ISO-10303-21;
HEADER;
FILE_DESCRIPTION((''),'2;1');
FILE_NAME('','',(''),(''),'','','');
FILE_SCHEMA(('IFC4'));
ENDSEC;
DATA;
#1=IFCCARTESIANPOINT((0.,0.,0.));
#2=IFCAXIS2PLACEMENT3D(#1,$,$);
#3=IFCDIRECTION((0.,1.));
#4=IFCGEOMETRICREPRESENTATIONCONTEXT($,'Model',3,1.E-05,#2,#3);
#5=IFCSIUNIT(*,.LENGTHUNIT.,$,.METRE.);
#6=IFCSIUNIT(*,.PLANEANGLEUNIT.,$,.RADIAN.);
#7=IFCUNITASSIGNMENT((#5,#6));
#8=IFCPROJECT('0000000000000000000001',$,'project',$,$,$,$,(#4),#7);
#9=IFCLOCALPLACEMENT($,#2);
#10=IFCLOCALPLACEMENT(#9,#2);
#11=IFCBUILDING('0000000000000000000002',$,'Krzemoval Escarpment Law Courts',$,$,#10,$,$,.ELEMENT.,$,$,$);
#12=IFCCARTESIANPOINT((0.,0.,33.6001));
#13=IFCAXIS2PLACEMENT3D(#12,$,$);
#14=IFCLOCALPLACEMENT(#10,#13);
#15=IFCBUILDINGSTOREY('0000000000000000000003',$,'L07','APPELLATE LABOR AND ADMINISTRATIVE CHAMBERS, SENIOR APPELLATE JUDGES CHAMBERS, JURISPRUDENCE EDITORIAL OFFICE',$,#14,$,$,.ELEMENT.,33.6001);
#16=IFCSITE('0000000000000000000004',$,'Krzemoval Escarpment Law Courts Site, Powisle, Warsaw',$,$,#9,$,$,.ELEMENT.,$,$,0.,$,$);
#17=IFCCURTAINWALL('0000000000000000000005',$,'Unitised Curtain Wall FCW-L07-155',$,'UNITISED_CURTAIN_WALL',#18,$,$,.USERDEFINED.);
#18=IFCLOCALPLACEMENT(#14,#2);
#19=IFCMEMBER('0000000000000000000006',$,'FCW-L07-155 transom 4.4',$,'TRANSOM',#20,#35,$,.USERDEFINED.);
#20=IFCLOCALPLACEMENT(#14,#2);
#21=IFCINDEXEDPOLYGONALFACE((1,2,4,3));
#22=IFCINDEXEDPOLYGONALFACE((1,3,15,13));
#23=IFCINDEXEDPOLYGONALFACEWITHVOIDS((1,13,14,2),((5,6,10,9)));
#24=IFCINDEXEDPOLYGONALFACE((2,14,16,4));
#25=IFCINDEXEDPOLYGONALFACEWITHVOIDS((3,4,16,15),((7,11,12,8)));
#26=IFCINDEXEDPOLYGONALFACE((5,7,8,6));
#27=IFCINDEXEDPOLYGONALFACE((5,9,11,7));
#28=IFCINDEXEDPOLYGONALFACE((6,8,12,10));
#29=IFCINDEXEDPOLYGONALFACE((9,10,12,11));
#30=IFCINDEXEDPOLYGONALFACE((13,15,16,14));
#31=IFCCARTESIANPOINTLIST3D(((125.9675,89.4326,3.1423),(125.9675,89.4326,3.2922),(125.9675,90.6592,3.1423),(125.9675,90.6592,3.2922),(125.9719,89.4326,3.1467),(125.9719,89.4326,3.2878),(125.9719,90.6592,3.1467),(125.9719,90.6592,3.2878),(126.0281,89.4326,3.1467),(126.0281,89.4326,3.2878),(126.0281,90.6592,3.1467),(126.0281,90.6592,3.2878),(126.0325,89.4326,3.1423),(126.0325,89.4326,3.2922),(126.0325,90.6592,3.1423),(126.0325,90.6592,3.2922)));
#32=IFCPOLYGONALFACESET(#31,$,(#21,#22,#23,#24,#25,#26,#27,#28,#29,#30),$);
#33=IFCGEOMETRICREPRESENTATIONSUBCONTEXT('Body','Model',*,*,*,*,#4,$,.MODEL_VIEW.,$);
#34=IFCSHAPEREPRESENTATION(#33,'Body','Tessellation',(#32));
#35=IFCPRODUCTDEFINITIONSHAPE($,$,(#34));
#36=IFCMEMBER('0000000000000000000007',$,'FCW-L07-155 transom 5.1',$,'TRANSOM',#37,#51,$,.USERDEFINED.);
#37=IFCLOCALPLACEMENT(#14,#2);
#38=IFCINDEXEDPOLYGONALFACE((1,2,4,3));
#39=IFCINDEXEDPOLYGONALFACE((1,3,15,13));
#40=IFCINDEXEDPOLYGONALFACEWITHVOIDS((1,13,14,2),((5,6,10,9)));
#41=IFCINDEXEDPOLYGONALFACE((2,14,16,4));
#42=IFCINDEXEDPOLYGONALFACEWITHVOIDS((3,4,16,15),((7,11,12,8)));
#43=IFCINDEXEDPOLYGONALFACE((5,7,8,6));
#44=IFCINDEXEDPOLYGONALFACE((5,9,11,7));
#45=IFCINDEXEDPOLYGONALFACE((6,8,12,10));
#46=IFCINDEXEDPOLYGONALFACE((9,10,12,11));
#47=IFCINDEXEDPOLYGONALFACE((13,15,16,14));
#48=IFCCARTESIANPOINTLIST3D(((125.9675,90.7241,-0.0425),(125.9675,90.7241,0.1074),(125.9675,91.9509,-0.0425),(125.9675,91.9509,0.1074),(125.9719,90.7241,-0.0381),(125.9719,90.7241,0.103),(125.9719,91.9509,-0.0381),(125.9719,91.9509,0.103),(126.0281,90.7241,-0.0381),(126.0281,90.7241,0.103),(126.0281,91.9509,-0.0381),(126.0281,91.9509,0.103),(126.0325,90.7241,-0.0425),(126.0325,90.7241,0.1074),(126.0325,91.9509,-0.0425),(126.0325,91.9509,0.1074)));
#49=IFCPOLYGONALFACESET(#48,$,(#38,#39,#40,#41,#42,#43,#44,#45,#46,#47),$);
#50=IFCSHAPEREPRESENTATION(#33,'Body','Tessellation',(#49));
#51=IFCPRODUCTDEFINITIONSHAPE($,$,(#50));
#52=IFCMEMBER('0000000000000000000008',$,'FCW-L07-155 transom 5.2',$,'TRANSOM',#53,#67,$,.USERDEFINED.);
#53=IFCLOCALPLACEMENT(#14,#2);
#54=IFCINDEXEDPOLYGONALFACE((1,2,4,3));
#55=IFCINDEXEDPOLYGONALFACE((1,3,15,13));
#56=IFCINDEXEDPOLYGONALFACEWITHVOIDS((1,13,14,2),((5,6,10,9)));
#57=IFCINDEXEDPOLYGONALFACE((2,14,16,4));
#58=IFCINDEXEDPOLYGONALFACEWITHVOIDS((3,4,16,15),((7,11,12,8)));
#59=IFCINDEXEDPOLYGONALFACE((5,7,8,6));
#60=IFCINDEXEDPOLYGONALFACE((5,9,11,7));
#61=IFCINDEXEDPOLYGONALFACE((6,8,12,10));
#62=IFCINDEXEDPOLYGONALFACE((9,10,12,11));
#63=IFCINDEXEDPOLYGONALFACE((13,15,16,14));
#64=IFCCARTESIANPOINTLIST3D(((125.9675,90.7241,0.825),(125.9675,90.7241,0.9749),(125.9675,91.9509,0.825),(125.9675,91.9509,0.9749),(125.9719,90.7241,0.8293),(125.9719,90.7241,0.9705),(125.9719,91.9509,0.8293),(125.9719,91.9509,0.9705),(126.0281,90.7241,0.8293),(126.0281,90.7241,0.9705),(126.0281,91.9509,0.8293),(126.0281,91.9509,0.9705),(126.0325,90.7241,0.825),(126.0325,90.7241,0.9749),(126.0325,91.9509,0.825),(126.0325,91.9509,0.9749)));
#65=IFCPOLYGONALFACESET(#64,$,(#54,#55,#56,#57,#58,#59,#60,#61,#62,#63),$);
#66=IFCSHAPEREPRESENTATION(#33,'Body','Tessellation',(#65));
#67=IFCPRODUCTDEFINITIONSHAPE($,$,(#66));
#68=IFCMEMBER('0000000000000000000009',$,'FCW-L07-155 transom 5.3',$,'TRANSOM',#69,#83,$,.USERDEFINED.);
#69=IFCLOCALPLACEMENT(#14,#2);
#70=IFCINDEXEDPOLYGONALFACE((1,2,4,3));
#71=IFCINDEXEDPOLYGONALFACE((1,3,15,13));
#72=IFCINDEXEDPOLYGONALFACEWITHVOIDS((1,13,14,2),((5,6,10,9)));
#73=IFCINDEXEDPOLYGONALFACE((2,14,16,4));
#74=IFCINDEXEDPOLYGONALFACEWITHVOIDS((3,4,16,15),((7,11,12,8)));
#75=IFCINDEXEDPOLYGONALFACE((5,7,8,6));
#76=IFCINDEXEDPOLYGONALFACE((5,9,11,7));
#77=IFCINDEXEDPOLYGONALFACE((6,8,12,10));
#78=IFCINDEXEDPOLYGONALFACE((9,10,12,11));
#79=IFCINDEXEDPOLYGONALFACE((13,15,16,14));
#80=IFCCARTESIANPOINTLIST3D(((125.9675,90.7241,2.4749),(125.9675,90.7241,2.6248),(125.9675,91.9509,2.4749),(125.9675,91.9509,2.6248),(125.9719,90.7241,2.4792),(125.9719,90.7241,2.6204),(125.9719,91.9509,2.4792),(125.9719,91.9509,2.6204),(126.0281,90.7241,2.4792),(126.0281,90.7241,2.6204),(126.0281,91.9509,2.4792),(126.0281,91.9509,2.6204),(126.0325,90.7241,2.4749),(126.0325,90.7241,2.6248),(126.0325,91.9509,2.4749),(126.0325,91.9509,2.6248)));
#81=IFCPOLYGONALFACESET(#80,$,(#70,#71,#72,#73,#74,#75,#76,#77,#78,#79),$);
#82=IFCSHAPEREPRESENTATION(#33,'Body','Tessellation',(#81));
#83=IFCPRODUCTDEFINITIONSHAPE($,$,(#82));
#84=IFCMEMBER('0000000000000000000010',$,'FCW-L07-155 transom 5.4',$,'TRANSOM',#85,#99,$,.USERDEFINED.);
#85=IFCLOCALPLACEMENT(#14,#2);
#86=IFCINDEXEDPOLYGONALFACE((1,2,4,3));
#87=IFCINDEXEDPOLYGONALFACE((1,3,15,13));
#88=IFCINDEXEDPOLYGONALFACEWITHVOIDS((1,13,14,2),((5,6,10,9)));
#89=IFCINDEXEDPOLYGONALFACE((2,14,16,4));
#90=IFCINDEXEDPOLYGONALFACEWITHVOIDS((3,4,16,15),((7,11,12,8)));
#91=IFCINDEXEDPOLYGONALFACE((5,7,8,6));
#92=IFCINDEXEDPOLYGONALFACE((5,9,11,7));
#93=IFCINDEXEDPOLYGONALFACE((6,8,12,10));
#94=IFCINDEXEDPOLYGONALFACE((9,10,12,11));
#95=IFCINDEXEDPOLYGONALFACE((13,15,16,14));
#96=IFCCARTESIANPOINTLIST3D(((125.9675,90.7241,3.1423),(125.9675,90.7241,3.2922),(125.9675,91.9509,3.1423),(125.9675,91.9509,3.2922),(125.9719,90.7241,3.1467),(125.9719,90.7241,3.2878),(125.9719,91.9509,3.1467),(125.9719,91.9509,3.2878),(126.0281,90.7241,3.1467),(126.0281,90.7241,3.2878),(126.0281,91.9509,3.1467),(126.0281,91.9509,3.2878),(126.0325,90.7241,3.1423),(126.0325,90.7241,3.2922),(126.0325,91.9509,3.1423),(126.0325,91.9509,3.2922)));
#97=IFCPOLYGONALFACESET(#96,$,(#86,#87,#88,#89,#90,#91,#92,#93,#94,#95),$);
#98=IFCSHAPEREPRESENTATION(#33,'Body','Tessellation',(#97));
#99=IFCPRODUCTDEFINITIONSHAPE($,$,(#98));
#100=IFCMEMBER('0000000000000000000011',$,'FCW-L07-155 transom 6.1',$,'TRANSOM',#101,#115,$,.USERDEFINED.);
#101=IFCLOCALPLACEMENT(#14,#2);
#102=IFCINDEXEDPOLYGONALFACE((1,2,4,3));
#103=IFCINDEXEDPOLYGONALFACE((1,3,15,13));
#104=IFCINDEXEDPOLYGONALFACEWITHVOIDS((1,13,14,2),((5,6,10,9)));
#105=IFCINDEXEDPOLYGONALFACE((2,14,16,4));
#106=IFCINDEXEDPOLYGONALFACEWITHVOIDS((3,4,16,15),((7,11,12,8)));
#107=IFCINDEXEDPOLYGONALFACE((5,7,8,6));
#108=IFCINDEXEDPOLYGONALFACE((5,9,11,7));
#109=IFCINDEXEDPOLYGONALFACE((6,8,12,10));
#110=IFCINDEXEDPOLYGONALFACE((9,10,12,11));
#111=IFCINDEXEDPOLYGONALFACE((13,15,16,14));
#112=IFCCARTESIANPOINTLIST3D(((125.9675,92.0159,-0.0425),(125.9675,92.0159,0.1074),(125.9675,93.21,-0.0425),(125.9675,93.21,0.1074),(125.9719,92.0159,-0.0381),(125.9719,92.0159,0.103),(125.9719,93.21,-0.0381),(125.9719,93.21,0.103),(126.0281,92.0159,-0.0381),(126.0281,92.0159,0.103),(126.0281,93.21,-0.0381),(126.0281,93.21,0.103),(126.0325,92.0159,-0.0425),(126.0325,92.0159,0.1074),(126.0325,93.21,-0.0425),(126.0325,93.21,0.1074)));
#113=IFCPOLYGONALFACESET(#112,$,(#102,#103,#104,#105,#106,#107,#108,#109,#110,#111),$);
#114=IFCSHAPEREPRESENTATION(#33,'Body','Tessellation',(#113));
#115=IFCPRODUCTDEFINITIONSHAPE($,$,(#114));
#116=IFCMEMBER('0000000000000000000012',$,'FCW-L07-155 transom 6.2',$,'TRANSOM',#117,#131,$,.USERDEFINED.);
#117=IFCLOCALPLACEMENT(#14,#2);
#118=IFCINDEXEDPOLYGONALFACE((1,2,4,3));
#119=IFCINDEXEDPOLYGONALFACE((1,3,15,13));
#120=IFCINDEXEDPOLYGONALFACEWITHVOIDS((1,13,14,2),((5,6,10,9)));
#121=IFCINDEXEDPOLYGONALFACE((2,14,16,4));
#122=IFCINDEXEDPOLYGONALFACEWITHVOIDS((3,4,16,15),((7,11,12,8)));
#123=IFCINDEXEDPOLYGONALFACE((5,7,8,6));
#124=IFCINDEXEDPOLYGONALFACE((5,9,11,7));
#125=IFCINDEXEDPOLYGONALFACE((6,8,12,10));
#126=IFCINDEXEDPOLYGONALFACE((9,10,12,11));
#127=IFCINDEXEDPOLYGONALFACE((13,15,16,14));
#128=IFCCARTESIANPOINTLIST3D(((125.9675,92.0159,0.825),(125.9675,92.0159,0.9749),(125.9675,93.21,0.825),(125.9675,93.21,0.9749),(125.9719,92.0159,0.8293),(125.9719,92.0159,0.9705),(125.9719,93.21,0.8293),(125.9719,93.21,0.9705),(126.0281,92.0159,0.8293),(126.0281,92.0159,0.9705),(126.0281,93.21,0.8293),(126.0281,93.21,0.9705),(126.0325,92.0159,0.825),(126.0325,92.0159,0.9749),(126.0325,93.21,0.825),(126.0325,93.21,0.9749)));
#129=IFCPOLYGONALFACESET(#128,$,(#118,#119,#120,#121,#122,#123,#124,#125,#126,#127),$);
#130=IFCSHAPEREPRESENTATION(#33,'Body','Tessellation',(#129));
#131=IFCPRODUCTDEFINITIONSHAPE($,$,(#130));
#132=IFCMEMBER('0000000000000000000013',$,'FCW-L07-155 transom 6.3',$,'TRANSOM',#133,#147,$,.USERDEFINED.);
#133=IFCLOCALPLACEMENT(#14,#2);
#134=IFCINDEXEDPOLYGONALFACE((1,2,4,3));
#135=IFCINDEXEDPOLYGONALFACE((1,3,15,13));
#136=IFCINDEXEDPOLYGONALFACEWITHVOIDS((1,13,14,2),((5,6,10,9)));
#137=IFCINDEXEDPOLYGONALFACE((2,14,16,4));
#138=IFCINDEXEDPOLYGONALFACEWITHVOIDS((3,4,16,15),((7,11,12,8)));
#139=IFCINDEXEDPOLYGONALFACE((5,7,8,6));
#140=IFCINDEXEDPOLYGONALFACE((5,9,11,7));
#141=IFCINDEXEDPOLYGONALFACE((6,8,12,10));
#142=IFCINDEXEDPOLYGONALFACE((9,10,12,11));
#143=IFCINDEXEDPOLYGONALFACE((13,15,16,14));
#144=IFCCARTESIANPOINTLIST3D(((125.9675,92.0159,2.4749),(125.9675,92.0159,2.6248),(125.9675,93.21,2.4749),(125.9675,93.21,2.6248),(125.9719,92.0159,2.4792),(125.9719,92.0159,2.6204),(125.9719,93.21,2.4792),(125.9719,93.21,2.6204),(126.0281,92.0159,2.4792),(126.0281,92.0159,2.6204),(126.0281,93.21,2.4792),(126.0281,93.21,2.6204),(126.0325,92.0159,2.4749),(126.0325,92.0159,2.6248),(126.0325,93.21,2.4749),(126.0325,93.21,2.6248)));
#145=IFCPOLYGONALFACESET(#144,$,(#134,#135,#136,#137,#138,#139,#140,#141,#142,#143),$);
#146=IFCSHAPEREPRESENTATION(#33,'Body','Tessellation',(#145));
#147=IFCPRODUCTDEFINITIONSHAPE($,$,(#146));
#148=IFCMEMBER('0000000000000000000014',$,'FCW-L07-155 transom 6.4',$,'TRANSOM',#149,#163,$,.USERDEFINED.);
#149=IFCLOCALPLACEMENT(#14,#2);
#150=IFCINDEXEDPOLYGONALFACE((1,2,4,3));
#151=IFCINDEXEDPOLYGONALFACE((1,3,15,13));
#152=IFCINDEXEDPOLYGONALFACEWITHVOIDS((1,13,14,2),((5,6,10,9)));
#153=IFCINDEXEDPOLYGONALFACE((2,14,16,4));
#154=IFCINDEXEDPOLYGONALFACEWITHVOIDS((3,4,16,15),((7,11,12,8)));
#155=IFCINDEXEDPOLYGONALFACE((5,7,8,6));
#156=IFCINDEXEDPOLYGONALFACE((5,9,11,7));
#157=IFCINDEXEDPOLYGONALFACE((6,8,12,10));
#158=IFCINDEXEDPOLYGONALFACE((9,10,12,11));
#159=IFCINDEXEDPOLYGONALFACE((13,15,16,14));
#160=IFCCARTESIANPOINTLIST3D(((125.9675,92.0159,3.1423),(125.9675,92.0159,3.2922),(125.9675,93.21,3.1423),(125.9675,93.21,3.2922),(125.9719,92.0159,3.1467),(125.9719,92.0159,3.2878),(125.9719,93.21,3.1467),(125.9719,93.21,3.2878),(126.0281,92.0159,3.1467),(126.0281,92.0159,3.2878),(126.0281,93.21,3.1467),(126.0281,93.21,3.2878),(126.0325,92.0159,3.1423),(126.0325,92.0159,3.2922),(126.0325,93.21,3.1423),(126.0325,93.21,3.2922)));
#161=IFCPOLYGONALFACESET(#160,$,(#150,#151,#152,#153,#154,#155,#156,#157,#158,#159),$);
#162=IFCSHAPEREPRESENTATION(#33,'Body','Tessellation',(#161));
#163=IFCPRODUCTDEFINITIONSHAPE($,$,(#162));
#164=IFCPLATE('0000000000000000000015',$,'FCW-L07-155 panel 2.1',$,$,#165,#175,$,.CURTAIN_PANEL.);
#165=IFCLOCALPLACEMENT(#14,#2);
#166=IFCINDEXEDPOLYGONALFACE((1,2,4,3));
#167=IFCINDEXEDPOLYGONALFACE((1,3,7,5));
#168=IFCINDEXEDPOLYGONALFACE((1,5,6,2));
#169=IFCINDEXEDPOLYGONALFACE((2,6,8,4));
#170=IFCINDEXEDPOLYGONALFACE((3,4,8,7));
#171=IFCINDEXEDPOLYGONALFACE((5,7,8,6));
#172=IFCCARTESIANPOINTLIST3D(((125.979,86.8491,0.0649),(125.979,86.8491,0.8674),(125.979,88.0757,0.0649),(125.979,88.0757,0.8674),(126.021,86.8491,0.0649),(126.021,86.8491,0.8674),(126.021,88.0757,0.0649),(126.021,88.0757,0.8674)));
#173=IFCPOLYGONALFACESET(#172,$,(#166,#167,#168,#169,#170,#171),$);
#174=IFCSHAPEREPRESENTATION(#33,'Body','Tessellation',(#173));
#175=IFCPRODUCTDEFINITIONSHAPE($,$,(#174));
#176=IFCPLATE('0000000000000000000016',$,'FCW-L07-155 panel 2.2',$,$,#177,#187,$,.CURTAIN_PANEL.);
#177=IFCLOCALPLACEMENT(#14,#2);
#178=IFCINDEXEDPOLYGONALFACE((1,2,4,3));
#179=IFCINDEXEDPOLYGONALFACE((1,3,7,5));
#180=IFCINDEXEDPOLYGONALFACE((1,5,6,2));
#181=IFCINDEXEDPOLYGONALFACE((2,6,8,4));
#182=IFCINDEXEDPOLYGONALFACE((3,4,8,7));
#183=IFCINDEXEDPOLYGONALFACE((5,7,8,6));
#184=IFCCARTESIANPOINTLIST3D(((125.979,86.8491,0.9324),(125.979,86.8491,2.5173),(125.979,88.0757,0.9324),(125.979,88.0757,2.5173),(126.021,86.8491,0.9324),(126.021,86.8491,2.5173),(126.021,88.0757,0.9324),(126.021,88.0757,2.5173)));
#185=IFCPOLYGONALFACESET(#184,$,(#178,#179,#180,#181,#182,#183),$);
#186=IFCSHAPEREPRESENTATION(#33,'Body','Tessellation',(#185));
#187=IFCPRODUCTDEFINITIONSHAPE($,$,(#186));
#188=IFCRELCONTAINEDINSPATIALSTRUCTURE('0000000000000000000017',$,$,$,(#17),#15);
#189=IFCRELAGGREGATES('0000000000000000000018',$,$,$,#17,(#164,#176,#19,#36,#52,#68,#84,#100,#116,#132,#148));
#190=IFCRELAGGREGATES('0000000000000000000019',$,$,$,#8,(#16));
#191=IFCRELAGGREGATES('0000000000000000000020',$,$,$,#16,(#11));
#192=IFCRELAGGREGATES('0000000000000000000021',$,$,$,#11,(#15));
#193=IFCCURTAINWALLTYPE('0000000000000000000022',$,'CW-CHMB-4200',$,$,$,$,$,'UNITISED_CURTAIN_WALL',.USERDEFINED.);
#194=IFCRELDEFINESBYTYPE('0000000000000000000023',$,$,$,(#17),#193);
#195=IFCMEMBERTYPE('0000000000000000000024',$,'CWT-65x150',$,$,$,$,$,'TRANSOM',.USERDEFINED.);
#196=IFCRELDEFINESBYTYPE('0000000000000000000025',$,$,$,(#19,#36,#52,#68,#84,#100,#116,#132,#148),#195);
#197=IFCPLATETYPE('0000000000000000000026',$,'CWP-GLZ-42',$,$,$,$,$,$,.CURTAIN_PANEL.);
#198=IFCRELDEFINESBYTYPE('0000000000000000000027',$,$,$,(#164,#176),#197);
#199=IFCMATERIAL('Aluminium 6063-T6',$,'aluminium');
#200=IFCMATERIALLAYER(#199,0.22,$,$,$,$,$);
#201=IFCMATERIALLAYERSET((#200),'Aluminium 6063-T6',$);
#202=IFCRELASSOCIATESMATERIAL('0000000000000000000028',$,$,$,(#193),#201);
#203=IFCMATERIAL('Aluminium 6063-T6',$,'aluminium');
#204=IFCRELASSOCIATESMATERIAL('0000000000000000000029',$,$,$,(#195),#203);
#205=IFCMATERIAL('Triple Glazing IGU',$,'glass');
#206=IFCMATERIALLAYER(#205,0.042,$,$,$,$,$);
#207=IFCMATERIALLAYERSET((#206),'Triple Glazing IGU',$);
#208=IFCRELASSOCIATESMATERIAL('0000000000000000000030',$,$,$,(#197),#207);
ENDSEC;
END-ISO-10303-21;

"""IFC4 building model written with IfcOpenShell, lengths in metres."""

from ifc_helpers import new_model, si_unit, direction, frame, origin, origin_2d, place, context, subcontext, project, spatial, rectangle, hollow_rectangle, extrude, material, layer, layer_set, material_profile, profile_set, type_object, element, aggregate, save


model = new_model("IFC4")

# Units and contexts
model_context = context("Model", 3, precision=1e-05, world=origin(), true_north=direction((0.0, 1.0)))
body_context = subcontext(model_context, "Body", "Model", "MODEL_VIEW")
ifc_project = project(units=[si_unit("LENGTHUNIT", "METRE"), si_unit("PLANEANGLEUNIT", "RADIAN")], contexts=[model_context])

# Site, building, storey
site_placement = place(None, origin())
site = spatial("IfcSite", under=ifc_project, at=site_placement, Name="Krzemoval Escarpment Law Courts Site, Powisle, Warsaw", CompositionType="ELEMENT", RefElevation=0.0)
building_placement = place(site_placement, origin())
building = spatial("IfcBuilding", under=site, at=building_placement, Name="Krzemoval Escarpment Law Courts", CompositionType="ELEMENT")
storey_placement = place(building_placement, frame((0.0, 0.0, 33.6001)))
storey = spatial("IfcBuildingStorey", under=building, at=storey_placement, Name="L07", Description="APPELLATE LABOR AND ADMINISTRATIVE CHAMBERS, SENIOR APPELLATE JUDGES CHAMBERS, JURISPRUDENCE EDITORIAL OFFICE", CompositionType="ELEMENT", Elevation=33.6001)

# Curtain wall, members, plates
ifc_material_1 = material(Name="Aluminium 6063-T6", Category="aluminium")
ifc_layer_1 = layer(ifc_material_1, 0.22)
ifc_layer_set_1 = layer_set([ifc_layer_1], Name="Aluminium 6063-T6")
curtain_wall_type = type_object("IfcCurtainWallType", Name="CW-CHMB-4200", ElementType="UNITISED_CURTAIN_WALL", PredefinedType="USERDEFINED", material=ifc_layer_set_1)
curtain_wall_placement = place(storey_placement, origin())
curtain_wall = element("IfcCurtainWall", 1, at=curtain_wall_placement, inside=storey, type_object=curtain_wall_type, Name="Unitised Curtain Wall FCW-L07-155", ObjectType="UNITISED_CURTAIN_WALL", PredefinedType="USERDEFINED")
ifc_material_2 = material(Name="Aluminium 6063-T6", Category="aluminium")
ifc_material_profile = material_profile(ifc_material_2, hollow_rectangle(XDim=0.0649, YDim=0.1499, WallThickness=0.0044, at=origin_2d()), Name="ALU T65x150")
ifc_profile_set = profile_set([ifc_material_profile], Name="Aluminium 6063-T6")
member_type = type_object("IfcMemberType", Name="CWT-65x150", ElementType="TRANSOM", PredefinedType="USERDEFINED", material=ifc_profile_set)
member_1_placement = place(storey_placement, frame((126.0, 89.4326, 3.2173), z_axis=(0.0, 1.0, 0.0), x_axis=(-1.0, 0.0, 0.0)))
member_1 = element("IfcMember", 2, at=member_1_placement, type_object=member_type, Name="FCW-L07-155 transom 4.4", ObjectType="TRANSOM", PredefinedType="USERDEFINED", context=body_context, shape_type="SweptSolid", body=[
    extrude(hollow_rectangle(XDim=0.0649, YDim=0.1499, WallThickness=0.0044, at=origin_2d()), origin(), (0.0, 0.0, 1.0), 1.2266),
])
member_2_placement = place(storey_placement, frame((126.0, 90.7241, 0.0325), z_axis=(0.0, 1.0, 0.0), x_axis=(-1.0, 0.0, 0.0)))
member_2 = element("IfcMember", 3, at=member_2_placement, type_object=member_type, Name="FCW-L07-155 transom 5.1", ObjectType="TRANSOM", PredefinedType="USERDEFINED", context=body_context, shape_type="SweptSolid", body=[
    extrude(hollow_rectangle(XDim=0.0649, YDim=0.1499, WallThickness=0.0044, at=origin_2d()), origin(), (0.0, 0.0, 1.0), 1.2268),
])
member_3_placement = place(storey_placement, frame((126.0, 90.7241, 0.8999), z_axis=(0.0, 1.0, 0.0), x_axis=(-1.0, 0.0, 0.0)))
member_3 = element("IfcMember", 4, at=member_3_placement, type_object=member_type, Name="FCW-L07-155 transom 5.2", ObjectType="TRANSOM", PredefinedType="USERDEFINED", context=body_context, shape_type="SweptSolid", body=[
    extrude(hollow_rectangle(XDim=0.0649, YDim=0.1499, WallThickness=0.0044, at=origin_2d()), origin(), (0.0, 0.0, 1.0), 1.2268),
])
member_4_placement = place(storey_placement, frame((126.0, 90.7241, 2.5498), z_axis=(0.0, 1.0, 0.0), x_axis=(-1.0, 0.0, 0.0)))
member_4 = element("IfcMember", 5, at=member_4_placement, type_object=member_type, Name="FCW-L07-155 transom 5.3", ObjectType="TRANSOM", PredefinedType="USERDEFINED", context=body_context, shape_type="SweptSolid", body=[
    extrude(hollow_rectangle(XDim=0.0649, YDim=0.1499, WallThickness=0.0044, at=origin_2d()), origin(), (0.0, 0.0, 1.0), 1.2268),
])
member_5_placement = place(storey_placement, frame((126.0, 90.7241, 3.2173), z_axis=(0.0, 1.0, 0.0), x_axis=(-1.0, 0.0, 0.0)))
member_5 = element("IfcMember", 6, at=member_5_placement, type_object=member_type, Name="FCW-L07-155 transom 5.4", ObjectType="TRANSOM", PredefinedType="USERDEFINED", context=body_context, shape_type="SweptSolid", body=[
    extrude(hollow_rectangle(XDim=0.0649, YDim=0.1499, WallThickness=0.0044, at=origin_2d()), origin(), (0.0, 0.0, 1.0), 1.2268),
])
member_6_placement = place(storey_placement, frame((126.0, 92.0159, 0.0325), z_axis=(0.0, 1.0, 0.0), x_axis=(-1.0, 0.0, 0.0)))
member_6 = element("IfcMember", 7, at=member_6_placement, type_object=member_type, Name="FCW-L07-155 transom 6.1", ObjectType="TRANSOM", PredefinedType="USERDEFINED", context=body_context, shape_type="SweptSolid", body=[
    extrude(hollow_rectangle(XDim=0.0649, YDim=0.1499, WallThickness=0.0044, at=origin_2d()), origin(), (0.0, 0.0, 1.0), 1.1941),
])
member_7_placement = place(storey_placement, frame((126.0, 92.0159, 0.8999), z_axis=(0.0, 1.0, 0.0), x_axis=(-1.0, 0.0, 0.0)))
member_7 = element("IfcMember", 8, at=member_7_placement, type_object=member_type, Name="FCW-L07-155 transom 6.2", ObjectType="TRANSOM", PredefinedType="USERDEFINED", context=body_context, shape_type="SweptSolid", body=[
    extrude(hollow_rectangle(XDim=0.0649, YDim=0.1499, WallThickness=0.0044, at=origin_2d()), origin(), (0.0, 0.0, 1.0), 1.1941),
])
member_8_placement = place(storey_placement, frame((126.0, 92.0159, 2.5498), z_axis=(0.0, 1.0, 0.0), x_axis=(-1.0, 0.0, 0.0)))
member_8 = element("IfcMember", 9, at=member_8_placement, type_object=member_type, Name="FCW-L07-155 transom 6.3", ObjectType="TRANSOM", PredefinedType="USERDEFINED", context=body_context, shape_type="SweptSolid", body=[
    extrude(hollow_rectangle(XDim=0.0649, YDim=0.1499, WallThickness=0.0044, at=origin_2d()), origin(), (0.0, 0.0, 1.0), 1.1941),
])
member_9_placement = place(storey_placement, frame((126.0, 92.0159, 3.2173), z_axis=(0.0, 1.0, 0.0), x_axis=(-1.0, 0.0, 0.0)))
member_9 = element("IfcMember", 10, at=member_9_placement, type_object=member_type, Name="FCW-L07-155 transom 6.4", ObjectType="TRANSOM", PredefinedType="USERDEFINED", context=body_context, shape_type="SweptSolid", body=[
    extrude(hollow_rectangle(XDim=0.0649, YDim=0.1499, WallThickness=0.0044, at=origin_2d()), origin(), (0.0, 0.0, 1.0), 1.1941),
])
ifc_material_3 = material(Name="Triple Glazing IGU", Category="glass")
ifc_layer_2 = layer(ifc_material_3, 0.042)
ifc_layer_set_2 = layer_set([ifc_layer_2], Name="Triple Glazing IGU")
plate_type = type_object("IfcPlateType", Name="CWP-GLZ-42", PredefinedType="CURTAIN_PANEL", material=ifc_layer_set_2)
plate_1_placement = place(storey_placement, frame((126.0, 87.4624, 0.0649), z_axis=(0.0, 0.0, 1.0), x_axis=(0.0, 1.0, 0.0)))
plate_1 = element("IfcPlate", 11, at=plate_1_placement, type_object=plate_type, Name="FCW-L07-155 panel 2.1", PredefinedType="CURTAIN_PANEL", context=body_context, shape_type="SweptSolid", body=[
    extrude(rectangle(XDim=1.2266, YDim=0.042, at=origin_2d()), origin(), (0.0, 0.0, 1.0), 0.8025),
])
plate_2_placement = place(storey_placement, frame((126.0, 87.4624, 0.9324), z_axis=(0.0, 0.0, 1.0), x_axis=(0.0, 1.0, 0.0)))
plate_2 = element("IfcPlate", 12, at=plate_2_placement, type_object=plate_type, Name="FCW-L07-155 panel 2.2", PredefinedType="CURTAIN_PANEL", context=body_context, shape_type="SweptSolid", body=[
    extrude(rectangle(XDim=1.2266, YDim=0.042, at=origin_2d()), origin(), (0.0, 0.0, 1.0), 1.585),
])
aggregate(curtain_wall, [plate_1, plate_2, member_1, member_2, member_3, member_4, member_5, member_6, member_7, member_8, member_9])

save(model, "model.ifc")
